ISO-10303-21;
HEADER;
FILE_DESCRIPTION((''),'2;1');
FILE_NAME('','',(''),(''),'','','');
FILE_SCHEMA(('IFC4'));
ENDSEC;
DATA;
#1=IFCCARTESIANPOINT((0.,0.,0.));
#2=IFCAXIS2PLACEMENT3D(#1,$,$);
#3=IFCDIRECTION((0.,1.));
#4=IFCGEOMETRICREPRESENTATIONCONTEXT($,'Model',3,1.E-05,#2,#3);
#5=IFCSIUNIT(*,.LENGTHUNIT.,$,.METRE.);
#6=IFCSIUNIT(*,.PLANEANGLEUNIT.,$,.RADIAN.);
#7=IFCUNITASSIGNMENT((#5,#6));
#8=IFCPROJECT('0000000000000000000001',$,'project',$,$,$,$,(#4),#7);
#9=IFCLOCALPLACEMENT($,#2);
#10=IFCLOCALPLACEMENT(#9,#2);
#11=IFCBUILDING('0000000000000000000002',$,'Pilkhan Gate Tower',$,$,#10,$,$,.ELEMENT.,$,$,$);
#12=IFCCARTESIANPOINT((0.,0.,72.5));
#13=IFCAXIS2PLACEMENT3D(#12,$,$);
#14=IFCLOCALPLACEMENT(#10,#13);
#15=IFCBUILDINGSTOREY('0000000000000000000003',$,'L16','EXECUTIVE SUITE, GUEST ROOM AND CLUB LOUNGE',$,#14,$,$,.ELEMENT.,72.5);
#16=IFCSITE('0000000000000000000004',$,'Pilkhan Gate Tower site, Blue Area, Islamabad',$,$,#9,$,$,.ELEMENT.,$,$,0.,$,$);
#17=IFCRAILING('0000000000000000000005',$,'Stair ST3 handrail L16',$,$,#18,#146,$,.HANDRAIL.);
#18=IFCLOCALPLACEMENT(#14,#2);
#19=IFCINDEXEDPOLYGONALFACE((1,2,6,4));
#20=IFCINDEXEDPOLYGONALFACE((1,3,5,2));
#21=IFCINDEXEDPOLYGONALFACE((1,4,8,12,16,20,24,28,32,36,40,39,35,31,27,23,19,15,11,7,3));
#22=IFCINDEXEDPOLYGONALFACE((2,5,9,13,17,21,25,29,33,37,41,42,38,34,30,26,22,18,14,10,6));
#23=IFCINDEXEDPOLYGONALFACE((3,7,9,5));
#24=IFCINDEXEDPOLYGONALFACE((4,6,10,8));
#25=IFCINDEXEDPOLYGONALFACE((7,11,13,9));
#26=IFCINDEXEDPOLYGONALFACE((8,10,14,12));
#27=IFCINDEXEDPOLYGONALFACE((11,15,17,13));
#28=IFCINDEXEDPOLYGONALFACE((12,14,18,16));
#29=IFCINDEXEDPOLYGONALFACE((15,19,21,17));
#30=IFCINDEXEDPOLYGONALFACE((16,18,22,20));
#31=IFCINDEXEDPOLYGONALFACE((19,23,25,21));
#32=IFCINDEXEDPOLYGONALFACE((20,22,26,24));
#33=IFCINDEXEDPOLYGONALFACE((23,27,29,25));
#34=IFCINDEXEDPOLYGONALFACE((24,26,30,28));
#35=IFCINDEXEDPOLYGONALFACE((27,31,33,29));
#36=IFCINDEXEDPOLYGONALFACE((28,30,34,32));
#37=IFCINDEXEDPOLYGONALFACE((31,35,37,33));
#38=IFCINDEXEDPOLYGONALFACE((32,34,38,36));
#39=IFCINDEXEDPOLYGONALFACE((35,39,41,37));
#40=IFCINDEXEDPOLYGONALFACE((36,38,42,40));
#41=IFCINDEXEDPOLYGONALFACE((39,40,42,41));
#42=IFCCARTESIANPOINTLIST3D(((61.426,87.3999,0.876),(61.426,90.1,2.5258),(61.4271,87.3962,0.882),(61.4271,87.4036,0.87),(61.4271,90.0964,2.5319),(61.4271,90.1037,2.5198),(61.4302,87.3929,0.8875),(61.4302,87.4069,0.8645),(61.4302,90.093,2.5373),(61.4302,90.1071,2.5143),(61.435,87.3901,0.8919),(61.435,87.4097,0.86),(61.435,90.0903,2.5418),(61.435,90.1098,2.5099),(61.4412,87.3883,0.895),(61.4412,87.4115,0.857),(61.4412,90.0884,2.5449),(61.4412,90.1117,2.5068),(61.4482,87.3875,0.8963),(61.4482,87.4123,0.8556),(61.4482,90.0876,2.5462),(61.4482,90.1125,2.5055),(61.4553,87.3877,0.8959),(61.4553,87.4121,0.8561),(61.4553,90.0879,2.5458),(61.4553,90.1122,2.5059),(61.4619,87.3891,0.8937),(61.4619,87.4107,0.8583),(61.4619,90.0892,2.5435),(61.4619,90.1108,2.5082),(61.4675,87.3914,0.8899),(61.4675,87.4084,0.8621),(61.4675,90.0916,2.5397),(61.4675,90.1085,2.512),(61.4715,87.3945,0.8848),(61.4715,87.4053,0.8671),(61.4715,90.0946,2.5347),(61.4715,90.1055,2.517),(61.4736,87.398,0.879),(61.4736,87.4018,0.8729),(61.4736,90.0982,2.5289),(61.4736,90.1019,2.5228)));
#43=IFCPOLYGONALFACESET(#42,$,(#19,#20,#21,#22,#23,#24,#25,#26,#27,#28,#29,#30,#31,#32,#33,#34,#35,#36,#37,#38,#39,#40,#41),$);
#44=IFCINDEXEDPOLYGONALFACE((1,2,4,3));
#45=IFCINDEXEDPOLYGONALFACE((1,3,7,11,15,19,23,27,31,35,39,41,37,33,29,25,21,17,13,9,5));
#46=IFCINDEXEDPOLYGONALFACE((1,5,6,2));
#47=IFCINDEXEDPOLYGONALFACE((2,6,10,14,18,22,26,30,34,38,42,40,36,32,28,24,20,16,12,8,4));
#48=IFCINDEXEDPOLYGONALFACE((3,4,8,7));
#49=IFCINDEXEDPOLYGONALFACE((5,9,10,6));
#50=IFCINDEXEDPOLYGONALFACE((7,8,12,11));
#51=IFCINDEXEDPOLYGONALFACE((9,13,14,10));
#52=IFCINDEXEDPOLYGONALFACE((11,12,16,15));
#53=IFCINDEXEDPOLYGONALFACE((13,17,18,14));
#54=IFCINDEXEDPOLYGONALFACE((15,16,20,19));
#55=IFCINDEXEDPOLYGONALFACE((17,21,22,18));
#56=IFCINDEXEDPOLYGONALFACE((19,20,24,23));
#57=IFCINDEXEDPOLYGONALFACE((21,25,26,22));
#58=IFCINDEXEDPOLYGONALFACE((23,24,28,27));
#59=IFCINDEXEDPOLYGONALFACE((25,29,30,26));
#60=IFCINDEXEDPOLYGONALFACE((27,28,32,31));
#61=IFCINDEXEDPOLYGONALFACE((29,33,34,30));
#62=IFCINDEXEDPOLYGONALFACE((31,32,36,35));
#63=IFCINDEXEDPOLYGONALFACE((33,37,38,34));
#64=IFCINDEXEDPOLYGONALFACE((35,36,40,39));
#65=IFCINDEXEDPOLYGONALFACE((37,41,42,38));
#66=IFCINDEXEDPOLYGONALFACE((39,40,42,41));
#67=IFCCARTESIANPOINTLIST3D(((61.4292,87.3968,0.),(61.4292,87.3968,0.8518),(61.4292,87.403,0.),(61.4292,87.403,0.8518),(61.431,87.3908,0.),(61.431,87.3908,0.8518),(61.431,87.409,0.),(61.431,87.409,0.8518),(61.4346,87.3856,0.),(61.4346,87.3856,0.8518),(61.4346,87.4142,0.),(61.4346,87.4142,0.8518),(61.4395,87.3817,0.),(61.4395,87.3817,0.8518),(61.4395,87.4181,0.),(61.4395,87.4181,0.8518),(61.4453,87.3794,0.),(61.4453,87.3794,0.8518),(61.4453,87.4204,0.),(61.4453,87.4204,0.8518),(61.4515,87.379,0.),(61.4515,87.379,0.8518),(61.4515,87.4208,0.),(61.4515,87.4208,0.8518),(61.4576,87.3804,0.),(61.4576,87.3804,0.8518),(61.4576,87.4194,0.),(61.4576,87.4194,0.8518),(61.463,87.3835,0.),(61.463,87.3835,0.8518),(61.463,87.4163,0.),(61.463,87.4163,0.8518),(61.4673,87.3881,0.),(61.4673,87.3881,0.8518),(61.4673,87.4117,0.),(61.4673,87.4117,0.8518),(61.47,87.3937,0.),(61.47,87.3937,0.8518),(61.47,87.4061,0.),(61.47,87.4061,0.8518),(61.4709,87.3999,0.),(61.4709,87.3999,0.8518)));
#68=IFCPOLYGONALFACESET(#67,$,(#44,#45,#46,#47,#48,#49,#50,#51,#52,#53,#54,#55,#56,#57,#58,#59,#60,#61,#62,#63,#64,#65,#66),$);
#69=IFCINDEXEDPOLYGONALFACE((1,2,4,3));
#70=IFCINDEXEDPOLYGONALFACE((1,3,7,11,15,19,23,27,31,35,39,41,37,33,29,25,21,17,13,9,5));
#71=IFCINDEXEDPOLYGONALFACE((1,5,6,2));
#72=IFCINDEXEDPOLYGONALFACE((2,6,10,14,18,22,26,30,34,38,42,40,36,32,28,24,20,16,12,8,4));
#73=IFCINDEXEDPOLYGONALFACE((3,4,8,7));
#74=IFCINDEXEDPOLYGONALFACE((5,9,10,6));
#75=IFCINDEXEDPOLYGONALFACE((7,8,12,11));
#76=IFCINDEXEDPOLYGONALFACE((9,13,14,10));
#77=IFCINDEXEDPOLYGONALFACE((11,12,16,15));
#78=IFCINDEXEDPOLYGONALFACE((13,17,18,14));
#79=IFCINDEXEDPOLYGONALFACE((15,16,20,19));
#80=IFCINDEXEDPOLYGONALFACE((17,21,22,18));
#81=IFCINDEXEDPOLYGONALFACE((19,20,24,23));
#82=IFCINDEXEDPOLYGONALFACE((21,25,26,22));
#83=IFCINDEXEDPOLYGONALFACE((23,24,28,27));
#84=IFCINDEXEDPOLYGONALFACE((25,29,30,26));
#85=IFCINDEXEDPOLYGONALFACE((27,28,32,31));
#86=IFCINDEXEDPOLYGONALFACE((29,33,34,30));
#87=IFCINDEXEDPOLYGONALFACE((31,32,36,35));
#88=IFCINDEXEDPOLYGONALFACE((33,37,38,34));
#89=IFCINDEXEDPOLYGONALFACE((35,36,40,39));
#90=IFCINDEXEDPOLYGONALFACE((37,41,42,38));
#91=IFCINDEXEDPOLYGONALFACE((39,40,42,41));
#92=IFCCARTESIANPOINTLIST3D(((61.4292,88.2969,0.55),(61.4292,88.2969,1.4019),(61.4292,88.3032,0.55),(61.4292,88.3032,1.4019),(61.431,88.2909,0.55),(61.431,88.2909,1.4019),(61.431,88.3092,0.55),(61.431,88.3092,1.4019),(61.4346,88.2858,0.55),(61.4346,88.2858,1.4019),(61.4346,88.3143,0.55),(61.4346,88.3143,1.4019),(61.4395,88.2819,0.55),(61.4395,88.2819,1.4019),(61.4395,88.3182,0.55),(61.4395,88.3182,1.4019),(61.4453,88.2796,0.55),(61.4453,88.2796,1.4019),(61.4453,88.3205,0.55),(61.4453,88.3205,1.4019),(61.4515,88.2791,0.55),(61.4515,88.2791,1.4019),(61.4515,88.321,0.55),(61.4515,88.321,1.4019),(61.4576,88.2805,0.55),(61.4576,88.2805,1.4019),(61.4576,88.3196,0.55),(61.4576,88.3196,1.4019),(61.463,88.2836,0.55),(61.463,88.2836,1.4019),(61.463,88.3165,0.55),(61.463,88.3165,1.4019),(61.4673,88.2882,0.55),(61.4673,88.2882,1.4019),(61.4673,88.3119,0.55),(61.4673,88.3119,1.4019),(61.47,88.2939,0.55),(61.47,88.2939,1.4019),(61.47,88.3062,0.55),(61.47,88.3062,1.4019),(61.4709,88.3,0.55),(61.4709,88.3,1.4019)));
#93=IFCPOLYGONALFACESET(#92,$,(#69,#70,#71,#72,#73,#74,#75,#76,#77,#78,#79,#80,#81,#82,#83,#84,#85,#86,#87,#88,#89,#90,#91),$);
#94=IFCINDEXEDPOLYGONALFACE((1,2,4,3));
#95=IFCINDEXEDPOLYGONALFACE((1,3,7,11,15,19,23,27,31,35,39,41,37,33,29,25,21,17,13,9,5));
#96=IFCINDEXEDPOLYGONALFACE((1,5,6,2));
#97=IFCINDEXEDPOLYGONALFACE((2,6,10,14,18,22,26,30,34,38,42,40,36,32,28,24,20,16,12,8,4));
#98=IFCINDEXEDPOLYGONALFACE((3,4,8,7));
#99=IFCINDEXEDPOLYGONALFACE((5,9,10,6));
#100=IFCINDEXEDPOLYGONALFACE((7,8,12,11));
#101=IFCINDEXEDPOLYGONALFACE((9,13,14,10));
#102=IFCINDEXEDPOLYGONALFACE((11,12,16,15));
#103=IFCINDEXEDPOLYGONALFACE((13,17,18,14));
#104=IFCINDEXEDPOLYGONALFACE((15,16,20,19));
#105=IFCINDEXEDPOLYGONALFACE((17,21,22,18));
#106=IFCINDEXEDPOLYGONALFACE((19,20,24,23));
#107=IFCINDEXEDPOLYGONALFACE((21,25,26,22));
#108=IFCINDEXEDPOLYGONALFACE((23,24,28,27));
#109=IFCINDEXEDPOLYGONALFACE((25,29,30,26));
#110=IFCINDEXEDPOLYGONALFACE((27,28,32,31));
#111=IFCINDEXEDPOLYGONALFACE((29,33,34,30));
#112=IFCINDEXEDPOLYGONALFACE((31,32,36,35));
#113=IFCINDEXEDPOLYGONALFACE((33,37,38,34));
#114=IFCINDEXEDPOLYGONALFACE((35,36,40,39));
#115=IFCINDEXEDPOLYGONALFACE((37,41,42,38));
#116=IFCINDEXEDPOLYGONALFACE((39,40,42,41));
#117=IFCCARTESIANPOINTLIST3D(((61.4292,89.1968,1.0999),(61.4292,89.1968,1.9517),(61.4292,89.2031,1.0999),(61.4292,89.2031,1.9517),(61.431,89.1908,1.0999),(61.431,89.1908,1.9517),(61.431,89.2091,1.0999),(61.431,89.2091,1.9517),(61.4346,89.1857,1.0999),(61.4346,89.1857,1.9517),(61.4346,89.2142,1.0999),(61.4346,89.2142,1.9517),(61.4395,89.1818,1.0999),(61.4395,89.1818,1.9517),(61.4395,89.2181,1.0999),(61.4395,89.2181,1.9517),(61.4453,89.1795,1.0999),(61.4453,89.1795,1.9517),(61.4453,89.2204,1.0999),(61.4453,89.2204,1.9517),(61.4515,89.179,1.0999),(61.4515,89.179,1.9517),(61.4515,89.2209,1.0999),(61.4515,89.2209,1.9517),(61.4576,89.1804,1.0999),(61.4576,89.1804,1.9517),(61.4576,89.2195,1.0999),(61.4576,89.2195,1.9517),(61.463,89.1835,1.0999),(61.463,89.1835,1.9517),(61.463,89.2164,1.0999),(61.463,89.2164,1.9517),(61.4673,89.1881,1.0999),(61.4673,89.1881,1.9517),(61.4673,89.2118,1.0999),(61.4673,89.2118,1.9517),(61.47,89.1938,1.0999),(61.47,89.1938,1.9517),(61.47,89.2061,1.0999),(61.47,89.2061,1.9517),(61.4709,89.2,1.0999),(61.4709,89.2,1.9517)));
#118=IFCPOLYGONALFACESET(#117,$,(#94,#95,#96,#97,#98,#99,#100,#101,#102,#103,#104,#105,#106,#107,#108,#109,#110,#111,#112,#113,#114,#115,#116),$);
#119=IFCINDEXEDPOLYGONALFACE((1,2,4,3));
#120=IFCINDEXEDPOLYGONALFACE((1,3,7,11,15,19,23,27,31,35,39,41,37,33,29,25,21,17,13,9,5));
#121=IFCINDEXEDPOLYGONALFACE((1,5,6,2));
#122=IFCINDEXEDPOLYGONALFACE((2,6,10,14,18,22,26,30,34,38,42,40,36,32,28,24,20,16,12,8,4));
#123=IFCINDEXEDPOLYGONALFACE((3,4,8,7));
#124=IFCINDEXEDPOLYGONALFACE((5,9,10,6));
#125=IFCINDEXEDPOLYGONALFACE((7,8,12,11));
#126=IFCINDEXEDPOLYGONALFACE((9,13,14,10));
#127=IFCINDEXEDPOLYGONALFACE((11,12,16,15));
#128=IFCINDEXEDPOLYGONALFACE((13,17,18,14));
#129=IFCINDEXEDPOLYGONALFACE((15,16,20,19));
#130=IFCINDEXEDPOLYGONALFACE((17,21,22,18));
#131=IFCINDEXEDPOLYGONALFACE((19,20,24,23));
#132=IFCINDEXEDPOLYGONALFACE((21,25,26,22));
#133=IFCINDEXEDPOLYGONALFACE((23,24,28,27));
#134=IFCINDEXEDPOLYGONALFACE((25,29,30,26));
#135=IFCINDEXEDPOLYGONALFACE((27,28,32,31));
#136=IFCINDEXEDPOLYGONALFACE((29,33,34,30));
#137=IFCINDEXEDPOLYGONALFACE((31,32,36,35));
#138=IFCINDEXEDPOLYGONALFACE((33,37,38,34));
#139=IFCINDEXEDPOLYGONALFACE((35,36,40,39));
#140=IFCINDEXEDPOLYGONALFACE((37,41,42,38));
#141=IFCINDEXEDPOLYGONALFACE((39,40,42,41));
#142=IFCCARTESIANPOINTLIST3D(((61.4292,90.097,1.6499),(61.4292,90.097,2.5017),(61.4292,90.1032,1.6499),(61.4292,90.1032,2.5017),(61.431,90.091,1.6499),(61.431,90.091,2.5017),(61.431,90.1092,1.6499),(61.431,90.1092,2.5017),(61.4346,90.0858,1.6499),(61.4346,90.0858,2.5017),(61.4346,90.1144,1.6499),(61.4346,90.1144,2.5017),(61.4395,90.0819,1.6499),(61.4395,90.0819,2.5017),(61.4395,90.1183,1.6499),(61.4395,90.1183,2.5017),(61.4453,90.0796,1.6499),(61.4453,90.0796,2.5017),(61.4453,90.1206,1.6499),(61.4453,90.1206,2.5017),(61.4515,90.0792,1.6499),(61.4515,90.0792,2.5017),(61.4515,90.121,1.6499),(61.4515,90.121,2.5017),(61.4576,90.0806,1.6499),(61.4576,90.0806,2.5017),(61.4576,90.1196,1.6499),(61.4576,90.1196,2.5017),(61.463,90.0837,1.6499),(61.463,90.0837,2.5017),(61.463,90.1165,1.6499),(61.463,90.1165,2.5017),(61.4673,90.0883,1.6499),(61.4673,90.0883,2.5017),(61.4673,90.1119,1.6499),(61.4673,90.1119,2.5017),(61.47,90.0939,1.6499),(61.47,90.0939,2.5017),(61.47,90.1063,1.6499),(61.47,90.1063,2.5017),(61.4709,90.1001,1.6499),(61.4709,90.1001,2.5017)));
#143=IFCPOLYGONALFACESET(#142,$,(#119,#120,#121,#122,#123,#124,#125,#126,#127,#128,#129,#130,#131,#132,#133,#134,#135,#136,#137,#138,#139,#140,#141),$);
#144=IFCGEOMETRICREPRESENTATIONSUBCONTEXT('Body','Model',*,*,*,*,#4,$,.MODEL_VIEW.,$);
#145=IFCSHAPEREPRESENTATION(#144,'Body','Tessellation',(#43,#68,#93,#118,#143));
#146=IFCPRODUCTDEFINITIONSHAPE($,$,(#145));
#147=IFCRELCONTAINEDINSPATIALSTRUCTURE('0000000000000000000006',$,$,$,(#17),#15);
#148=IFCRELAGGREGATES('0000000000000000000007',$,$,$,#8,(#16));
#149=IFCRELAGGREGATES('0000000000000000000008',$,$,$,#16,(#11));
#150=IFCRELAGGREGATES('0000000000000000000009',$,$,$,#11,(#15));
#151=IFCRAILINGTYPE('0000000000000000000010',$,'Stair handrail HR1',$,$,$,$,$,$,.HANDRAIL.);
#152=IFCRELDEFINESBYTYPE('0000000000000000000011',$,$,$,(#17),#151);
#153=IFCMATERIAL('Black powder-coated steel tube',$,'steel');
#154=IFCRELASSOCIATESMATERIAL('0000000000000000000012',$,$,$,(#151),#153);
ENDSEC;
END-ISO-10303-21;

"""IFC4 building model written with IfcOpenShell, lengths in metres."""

from ifc_helpers import new_model, si_unit, direction, frame, origin, origin_2d, place, context, subcontext, project, spatial, circle, extrude, material, type_object, element, save


model = new_model("IFC4")

# Units and contexts
model_context = context("Model", 3, precision=1e-05, world=origin(), true_north=direction((0.0, 1.0)))
body_context = subcontext(model_context, "Body", "Model", "MODEL_VIEW")
ifc_project = project(units=[si_unit("LENGTHUNIT", "METRE"), si_unit("PLANEANGLEUNIT", "RADIAN")], contexts=[model_context])

# Site, building, storey
site_placement = place(None, origin())
site = spatial("IfcSite", under=ifc_project, at=site_placement, Name="Pilkhan Gate Tower site, Blue Area, Islamabad", CompositionType="ELEMENT", RefElevation=0.0)
building_placement = place(site_placement, origin())
building = spatial("IfcBuilding", under=site, at=building_placement, Name="Pilkhan Gate Tower", CompositionType="ELEMENT")
storey_placement = place(building_placement, frame((0.0, 0.0, 72.5)))
storey = spatial("IfcBuildingStorey", under=building, at=storey_placement, Name="L16", Description="EXECUTIVE SUITE, GUEST ROOM AND CLUB LOUNGE", CompositionType="ELEMENT", Elevation=72.5)

# Railing
ifc_material_1 = material(Name="Black powder-coated steel tube", Category="steel")
railing_type_1 = type_object("IfcRailingType", Name="Stair handrail HR1", PredefinedType="HANDRAIL", material=ifc_material_1)
railing_1_placement = place(storey_placement, frame((61.45, 87.3999, 0.0)))
element("IfcRailing", 1, at=railing_1_placement, inside=storey, type_object=railing_type_1, Name="Stair ST3 handrail L16", PredefinedType="HANDRAIL", context=body_context, shape_type="SweptSolid", body=[
    extrude(circle(Radius=0.0239, at=origin_2d()), frame((0.0, 0.0, 0.876), z_axis=(0.0, 0.853312, 0.5214), x_axis=(-1.0, 0.0, 0.0)), (0.0, 0.0, 1.0), 3.1643),
    extrude(circle(Radius=0.021, at=origin_2d()), origin(), (0.0, 0.0, 1.0), 0.8518),
    extrude(circle(Radius=0.021, at=origin_2d()), frame((0.0, 0.9001, 0.55)), (0.0, 0.0, 1.0), 0.8518),
    extrude(circle(Radius=0.021, at=origin_2d()), frame((0.0, 1.8, 1.0999)), (0.0, 0.0, 1.0), 0.8518),
    extrude(circle(Radius=0.021, at=origin_2d()), frame((0.0, 2.7002, 1.6499)), (0.0, 0.0, 1.0), 0.8518),
])

save(model, "model.ifc")
